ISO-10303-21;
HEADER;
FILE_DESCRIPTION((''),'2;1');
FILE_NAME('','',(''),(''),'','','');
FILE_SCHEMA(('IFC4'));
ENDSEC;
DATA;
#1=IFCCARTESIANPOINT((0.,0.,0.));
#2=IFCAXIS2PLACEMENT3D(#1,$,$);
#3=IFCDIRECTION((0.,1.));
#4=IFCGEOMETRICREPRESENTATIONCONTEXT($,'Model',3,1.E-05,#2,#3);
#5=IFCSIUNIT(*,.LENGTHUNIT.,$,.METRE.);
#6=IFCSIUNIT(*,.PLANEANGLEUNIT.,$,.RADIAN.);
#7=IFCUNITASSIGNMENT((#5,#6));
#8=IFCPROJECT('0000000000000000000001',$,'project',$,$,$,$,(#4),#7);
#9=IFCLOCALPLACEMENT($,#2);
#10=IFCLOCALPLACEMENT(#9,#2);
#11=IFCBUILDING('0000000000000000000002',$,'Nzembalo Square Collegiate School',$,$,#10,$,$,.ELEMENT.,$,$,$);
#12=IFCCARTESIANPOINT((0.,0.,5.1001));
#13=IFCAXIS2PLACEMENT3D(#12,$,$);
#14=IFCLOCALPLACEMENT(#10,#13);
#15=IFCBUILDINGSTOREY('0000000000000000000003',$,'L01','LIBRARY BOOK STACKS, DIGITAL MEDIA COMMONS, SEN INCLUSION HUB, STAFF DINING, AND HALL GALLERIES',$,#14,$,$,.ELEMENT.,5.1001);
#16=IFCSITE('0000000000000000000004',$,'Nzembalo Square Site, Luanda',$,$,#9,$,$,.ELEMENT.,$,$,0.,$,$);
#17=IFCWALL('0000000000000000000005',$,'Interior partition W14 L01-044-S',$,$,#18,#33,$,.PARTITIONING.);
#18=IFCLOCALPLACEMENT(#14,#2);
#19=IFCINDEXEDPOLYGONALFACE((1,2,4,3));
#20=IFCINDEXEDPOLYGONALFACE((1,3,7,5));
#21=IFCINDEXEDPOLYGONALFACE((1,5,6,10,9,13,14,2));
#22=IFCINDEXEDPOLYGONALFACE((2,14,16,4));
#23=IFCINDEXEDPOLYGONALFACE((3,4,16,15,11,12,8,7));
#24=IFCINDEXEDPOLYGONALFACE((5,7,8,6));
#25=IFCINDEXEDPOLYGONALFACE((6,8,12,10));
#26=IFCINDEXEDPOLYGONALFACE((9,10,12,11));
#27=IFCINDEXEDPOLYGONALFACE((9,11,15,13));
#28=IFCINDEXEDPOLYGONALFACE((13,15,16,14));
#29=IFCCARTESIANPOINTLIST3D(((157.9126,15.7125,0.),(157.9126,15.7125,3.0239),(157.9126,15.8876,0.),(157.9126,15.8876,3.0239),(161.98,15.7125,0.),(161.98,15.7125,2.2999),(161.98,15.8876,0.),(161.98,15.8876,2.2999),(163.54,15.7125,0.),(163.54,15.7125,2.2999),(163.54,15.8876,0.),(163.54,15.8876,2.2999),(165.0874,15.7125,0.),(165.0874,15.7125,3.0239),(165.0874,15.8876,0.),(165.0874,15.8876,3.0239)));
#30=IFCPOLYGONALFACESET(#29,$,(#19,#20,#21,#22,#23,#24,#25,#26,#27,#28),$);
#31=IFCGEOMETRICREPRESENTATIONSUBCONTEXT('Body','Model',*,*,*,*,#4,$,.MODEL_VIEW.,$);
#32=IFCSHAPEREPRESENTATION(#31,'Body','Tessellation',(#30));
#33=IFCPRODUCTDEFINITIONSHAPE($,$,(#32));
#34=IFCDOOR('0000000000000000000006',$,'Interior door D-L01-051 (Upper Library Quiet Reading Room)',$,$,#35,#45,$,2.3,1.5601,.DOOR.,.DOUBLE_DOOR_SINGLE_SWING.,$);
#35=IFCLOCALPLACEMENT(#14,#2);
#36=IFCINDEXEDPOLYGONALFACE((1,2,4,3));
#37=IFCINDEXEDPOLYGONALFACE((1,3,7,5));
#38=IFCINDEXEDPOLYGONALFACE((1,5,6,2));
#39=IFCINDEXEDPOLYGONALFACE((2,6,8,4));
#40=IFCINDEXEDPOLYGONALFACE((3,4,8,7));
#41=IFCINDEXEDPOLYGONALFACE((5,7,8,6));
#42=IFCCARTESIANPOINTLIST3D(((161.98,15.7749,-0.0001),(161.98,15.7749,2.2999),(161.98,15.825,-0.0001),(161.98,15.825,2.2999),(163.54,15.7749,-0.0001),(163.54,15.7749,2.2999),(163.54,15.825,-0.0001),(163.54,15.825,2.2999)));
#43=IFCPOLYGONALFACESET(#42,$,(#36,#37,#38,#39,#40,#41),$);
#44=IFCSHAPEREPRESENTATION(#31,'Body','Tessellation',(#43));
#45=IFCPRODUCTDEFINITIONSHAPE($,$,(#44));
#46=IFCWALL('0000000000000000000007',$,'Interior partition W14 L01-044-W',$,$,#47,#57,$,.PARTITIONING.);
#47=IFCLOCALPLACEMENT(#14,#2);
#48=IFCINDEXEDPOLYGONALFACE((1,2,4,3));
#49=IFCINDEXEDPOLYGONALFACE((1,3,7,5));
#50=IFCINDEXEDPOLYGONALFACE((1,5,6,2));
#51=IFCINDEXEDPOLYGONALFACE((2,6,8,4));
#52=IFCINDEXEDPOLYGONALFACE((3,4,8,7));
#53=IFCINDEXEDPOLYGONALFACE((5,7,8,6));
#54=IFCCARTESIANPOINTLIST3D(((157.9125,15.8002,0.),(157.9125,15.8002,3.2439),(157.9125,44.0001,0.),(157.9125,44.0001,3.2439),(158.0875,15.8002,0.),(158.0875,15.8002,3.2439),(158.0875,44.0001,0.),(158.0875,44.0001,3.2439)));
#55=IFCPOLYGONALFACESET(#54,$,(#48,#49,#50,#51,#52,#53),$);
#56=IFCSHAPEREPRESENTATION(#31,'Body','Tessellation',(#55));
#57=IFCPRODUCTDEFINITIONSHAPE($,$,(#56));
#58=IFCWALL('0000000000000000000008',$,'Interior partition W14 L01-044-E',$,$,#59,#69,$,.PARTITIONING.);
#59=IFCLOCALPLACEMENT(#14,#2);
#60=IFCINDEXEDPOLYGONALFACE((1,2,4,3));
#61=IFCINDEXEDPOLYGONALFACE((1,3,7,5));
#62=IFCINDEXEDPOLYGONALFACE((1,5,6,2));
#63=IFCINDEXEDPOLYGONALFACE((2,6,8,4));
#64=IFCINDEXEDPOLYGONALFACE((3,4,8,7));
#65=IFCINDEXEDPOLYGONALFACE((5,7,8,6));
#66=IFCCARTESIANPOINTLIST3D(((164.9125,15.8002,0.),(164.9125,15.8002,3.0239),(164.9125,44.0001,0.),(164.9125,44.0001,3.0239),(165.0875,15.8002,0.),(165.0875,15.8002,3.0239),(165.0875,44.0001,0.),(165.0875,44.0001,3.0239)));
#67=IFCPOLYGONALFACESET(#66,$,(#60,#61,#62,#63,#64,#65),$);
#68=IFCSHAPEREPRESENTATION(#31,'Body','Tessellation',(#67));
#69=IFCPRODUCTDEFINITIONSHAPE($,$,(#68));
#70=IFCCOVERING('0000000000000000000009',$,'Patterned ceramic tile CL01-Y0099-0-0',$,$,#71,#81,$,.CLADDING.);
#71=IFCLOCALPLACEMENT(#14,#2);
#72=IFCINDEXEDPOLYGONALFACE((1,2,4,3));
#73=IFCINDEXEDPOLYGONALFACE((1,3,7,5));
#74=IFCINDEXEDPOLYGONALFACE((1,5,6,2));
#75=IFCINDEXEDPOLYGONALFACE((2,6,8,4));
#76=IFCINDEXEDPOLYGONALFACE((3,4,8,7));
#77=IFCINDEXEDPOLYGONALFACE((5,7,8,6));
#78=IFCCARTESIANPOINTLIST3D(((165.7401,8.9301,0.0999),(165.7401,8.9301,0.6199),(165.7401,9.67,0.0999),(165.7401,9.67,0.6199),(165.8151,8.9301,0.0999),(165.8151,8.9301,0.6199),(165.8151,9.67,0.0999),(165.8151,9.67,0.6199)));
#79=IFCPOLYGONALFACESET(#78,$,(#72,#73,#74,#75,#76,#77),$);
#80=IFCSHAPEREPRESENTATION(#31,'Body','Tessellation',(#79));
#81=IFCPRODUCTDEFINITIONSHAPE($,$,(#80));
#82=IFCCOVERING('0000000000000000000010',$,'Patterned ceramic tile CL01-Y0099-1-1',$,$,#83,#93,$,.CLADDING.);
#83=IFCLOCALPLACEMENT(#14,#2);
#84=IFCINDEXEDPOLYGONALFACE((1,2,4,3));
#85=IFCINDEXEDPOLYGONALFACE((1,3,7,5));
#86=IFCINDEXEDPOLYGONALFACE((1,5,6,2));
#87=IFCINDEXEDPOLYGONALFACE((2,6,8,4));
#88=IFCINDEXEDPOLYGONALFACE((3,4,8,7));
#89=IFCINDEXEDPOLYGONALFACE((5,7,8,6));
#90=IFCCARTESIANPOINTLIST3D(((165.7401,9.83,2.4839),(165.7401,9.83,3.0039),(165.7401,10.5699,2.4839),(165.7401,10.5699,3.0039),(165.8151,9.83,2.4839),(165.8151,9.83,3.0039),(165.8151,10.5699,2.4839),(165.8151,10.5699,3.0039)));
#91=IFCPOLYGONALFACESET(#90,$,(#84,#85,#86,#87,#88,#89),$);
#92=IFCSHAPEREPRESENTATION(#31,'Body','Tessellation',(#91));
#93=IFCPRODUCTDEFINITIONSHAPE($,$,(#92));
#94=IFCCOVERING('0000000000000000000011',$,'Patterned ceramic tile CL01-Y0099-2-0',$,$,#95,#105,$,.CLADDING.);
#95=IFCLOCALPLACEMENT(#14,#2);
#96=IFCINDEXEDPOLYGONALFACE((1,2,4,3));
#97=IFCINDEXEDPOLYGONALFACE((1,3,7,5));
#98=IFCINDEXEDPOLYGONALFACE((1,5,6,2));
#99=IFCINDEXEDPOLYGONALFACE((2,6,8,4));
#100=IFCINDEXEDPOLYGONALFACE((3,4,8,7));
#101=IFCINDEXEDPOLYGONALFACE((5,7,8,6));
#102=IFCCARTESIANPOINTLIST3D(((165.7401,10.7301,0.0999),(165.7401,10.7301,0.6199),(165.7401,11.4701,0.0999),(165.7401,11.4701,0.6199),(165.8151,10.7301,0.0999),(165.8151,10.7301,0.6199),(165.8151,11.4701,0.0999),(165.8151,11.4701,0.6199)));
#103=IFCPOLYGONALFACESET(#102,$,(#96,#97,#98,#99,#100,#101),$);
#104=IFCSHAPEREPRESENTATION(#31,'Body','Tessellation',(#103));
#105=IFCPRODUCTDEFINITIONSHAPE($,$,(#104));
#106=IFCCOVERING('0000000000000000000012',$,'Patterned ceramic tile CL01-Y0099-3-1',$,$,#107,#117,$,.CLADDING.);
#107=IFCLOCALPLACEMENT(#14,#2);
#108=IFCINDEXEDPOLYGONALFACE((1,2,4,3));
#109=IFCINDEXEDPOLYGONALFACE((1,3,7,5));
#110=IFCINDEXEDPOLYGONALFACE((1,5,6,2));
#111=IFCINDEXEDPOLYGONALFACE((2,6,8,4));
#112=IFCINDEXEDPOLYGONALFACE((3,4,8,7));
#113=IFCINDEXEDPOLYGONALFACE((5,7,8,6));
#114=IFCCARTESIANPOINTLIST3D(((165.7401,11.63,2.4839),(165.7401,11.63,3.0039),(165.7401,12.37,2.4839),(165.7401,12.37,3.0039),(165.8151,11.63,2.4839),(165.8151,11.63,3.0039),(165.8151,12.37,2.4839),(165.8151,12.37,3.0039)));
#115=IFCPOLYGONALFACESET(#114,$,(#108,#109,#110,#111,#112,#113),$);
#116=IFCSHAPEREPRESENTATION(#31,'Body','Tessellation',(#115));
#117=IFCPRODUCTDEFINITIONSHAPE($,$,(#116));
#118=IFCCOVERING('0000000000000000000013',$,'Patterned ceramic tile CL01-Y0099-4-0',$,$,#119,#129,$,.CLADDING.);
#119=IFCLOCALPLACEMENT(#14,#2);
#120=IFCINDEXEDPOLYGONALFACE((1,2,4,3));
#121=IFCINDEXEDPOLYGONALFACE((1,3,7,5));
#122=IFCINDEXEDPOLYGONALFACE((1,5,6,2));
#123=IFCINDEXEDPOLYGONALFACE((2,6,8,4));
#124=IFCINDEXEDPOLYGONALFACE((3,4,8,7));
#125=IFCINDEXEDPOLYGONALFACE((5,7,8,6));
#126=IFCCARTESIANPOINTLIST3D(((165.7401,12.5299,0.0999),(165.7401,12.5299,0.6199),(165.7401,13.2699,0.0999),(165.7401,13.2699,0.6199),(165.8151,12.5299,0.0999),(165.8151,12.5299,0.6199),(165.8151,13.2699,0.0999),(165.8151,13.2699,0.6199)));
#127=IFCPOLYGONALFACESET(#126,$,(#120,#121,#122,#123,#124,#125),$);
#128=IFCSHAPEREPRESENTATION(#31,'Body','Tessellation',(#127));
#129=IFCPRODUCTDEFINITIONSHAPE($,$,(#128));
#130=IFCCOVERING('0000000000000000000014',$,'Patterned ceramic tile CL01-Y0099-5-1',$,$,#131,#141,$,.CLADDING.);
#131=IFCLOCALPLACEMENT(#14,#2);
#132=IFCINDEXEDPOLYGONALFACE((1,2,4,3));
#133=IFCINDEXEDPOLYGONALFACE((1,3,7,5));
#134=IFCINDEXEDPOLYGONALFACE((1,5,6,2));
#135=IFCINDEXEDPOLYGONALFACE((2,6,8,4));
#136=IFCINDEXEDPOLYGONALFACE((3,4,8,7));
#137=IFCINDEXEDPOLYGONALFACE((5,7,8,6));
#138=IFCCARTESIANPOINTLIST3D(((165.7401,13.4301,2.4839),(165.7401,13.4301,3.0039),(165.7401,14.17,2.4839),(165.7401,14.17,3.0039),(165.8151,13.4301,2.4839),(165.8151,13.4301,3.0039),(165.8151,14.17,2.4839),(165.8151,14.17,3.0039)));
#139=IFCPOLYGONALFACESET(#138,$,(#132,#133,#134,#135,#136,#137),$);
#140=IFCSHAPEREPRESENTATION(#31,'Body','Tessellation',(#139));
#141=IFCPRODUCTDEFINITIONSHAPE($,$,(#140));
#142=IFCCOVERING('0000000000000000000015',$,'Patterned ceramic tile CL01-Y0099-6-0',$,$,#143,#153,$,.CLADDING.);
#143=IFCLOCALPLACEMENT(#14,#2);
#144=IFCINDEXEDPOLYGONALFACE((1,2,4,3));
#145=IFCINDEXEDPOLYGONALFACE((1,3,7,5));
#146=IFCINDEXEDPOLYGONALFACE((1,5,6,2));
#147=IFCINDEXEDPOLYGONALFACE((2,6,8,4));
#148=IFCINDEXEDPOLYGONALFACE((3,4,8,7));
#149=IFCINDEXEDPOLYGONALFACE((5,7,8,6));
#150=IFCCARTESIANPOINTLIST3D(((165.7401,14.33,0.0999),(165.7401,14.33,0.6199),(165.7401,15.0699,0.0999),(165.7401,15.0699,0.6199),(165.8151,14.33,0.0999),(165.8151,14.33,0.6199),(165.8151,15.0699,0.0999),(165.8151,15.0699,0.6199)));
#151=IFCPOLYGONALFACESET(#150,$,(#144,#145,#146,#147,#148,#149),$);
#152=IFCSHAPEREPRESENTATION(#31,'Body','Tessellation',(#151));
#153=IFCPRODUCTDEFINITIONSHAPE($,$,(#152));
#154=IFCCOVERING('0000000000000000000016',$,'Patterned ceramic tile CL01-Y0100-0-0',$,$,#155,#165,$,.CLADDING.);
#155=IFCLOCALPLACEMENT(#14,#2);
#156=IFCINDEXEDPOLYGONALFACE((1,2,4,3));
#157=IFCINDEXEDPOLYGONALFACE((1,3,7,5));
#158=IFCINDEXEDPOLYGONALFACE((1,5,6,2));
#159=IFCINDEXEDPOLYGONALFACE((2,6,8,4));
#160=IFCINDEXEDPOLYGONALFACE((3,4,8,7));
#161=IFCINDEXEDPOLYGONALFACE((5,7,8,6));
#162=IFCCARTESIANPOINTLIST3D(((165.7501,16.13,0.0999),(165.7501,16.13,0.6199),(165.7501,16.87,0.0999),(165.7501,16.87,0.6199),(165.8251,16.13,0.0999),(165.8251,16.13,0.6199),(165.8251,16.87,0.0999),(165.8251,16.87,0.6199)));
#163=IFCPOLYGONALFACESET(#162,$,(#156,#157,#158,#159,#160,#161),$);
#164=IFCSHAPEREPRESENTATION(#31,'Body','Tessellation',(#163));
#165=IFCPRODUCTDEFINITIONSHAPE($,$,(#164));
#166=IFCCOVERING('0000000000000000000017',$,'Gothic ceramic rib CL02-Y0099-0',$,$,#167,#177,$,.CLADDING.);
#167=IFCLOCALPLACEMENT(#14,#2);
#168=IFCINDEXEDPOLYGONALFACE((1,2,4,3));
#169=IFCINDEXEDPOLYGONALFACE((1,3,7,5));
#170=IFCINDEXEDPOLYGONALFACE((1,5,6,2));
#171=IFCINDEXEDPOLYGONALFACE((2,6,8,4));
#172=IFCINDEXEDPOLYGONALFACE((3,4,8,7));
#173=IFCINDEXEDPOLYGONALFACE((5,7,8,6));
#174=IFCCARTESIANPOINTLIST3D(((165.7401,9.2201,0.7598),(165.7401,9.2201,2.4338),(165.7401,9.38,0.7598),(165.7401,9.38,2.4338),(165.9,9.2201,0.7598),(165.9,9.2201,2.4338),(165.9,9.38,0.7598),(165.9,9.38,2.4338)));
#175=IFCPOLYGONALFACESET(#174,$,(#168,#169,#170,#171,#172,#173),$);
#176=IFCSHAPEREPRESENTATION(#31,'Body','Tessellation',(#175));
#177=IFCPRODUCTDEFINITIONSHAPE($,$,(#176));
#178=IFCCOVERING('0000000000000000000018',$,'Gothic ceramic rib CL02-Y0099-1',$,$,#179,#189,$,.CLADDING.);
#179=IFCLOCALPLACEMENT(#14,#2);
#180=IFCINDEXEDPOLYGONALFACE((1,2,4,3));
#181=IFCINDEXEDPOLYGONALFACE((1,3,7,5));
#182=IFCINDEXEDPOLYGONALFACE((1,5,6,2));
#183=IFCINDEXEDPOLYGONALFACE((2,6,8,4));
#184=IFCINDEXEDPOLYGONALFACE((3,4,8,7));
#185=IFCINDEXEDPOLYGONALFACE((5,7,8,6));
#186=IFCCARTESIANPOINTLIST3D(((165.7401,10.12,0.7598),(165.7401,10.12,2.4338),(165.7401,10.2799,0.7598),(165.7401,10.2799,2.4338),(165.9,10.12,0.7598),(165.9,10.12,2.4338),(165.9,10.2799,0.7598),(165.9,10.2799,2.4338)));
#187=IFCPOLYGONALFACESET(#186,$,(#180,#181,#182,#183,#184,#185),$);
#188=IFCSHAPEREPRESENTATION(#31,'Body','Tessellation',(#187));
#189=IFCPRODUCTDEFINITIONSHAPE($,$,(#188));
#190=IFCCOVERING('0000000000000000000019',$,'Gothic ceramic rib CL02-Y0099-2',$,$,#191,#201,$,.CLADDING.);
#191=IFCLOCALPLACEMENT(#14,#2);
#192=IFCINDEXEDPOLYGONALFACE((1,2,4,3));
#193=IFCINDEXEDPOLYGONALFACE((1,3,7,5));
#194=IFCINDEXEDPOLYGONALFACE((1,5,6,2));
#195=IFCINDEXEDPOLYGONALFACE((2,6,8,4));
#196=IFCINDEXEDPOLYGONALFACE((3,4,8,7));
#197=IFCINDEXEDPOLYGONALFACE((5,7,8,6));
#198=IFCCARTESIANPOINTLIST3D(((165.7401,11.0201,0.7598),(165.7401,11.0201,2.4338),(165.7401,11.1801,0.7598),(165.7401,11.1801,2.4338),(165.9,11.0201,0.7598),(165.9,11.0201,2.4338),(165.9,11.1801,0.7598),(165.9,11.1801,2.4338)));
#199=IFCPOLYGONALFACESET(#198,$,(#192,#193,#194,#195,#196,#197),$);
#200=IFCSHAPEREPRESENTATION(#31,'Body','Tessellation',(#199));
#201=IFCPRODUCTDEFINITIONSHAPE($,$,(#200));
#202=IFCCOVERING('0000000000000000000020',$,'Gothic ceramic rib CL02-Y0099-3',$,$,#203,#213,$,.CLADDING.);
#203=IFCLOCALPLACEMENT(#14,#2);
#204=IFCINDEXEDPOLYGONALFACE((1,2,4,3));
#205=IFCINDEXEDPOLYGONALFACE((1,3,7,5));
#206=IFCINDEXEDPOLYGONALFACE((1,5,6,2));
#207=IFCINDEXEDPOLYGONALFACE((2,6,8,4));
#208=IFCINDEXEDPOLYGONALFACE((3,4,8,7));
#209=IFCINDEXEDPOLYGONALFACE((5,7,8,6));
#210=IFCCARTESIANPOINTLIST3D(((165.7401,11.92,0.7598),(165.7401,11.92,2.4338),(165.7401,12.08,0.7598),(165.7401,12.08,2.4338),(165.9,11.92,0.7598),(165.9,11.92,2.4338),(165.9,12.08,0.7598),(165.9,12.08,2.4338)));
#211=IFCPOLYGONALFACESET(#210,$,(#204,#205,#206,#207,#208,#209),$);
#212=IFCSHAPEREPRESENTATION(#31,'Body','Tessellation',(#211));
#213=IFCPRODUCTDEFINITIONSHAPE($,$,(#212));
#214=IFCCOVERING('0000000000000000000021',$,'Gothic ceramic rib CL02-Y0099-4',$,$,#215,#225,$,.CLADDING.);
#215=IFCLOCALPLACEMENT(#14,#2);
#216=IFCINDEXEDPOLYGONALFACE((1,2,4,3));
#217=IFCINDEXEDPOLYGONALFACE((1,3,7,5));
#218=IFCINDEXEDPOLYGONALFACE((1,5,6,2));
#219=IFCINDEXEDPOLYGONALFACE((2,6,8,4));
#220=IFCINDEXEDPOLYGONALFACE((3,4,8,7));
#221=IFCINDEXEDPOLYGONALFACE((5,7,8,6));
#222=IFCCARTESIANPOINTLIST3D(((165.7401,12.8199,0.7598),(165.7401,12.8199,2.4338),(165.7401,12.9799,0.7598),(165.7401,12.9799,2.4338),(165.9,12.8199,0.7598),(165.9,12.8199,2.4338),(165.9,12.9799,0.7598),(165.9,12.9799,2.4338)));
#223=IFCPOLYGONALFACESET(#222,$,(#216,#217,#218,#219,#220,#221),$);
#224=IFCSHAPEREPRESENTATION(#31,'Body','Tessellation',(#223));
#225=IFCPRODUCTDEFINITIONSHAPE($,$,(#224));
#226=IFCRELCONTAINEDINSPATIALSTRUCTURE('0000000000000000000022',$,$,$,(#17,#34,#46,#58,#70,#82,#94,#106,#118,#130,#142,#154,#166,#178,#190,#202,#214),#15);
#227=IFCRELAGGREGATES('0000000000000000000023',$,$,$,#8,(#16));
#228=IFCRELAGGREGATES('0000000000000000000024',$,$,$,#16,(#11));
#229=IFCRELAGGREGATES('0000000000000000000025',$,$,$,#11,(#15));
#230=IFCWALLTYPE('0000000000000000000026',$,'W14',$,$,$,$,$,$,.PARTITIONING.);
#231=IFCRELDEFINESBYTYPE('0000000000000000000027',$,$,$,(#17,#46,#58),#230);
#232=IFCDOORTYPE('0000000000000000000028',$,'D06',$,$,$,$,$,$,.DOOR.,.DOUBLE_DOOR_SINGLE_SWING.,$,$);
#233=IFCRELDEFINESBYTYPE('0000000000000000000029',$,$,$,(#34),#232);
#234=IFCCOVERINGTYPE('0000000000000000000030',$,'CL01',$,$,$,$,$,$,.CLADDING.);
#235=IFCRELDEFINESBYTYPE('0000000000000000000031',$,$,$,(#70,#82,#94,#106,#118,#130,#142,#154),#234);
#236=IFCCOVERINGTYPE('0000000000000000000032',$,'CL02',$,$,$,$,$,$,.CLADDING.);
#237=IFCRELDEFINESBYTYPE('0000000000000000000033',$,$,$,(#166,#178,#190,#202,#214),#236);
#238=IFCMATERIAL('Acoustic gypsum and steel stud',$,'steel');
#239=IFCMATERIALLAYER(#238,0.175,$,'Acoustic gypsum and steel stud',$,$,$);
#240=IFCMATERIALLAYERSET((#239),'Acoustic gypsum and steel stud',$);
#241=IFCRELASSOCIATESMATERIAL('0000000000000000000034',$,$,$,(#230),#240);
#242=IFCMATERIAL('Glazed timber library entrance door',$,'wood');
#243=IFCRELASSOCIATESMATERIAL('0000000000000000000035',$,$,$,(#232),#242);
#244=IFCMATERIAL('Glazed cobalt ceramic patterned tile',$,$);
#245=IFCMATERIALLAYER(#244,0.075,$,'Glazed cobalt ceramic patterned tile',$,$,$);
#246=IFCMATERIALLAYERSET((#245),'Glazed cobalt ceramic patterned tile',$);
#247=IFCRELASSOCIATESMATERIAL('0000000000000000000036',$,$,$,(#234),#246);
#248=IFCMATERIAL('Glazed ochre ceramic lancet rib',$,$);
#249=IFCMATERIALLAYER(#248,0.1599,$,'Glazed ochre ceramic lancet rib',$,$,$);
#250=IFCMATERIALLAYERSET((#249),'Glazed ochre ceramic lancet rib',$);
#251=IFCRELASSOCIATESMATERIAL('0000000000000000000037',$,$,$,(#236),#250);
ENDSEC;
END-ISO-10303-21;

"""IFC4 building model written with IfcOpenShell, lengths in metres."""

from ifc_helpers import new_model, si_unit, direction, frame, frame_2d, origin, origin_2d, place, context, subcontext, project, spatial, rectangle, extrude, material, layer, layer_set, type_object, element, fill, save


model = new_model("IFC4")

# Units and contexts
model_context = context("Model", 3, precision=1e-05, world=origin(), true_north=direction((0.0, 1.0)))
body_context = subcontext(model_context, "Body", "Model", "MODEL_VIEW")
ifc_project = project(units=[si_unit("LENGTHUNIT", "METRE"), si_unit("PLANEANGLEUNIT", "RADIAN")], contexts=[model_context])

# Site, building, storey
site_placement = place(None, origin())
site = spatial("IfcSite", under=ifc_project, at=site_placement, Name="Nzembalo Square Site, Luanda", CompositionType="ELEMENT", RefElevation=0.0)
building_placement = place(site_placement, origin())
building = spatial("IfcBuilding", under=site, at=building_placement, Name="Nzembalo Square Collegiate School", CompositionType="ELEMENT")
storey_placement = place(building_placement, frame((0.0, 0.0, 5.1001)))
storey = spatial("IfcBuildingStorey", under=building, at=storey_placement, Name="L01", Description="LIBRARY BOOK STACKS, DIGITAL MEDIA COMMONS, SEN INCLUSION HUB, STAFF DINING, AND HALL GALLERIES", CompositionType="ELEMENT", Elevation=5.1001)

# Wall, opening, door
ifc_material_1 = material(Name="Acoustic gypsum and steel stud", Category="steel")
ifc_layer_1 = layer(ifc_material_1, 0.175, Name="Acoustic gypsum and steel stud")
ifc_layer_set_1 = layer_set([ifc_layer_1], Name="Acoustic gypsum and steel stud")
wall_type_1 = type_object("IfcWallType", Name="W14", PredefinedType="PARTITIONING", material=ifc_layer_set_1)
wall_1_placement = place(storey_placement, frame((157.9126, 15.8, 0.0), z_axis=(0.0, 0.0, 1.0), x_axis=(1.0, 0.0, 0.0)))
wall_1 = element("IfcWall", 1, at=wall_1_placement, inside=storey, type_object=wall_type_1, Name="Interior partition W14 L01-044-S", PredefinedType="PARTITIONING", context=body_context, shape_type="SweptSolid", body=[
    extrude(rectangle(XDim=7.1748, YDim=0.175, at=frame_2d((3.5874, 0.0))), origin(), (0.0, 0.0, 1.0), 3.0239),
])
opening_1_placement = place(wall_1_placement, frame((4.0674, 0.0, 0.0)))
opening_1 = element("IfcOpeningElement", 2, at=opening_1_placement, cuts=wall_1, PredefinedType="OPENING", context=body_context, shape_type="SweptSolid", body=[
    extrude(rectangle(XDim=1.5601, YDim=2.3, at=frame_2d((0.78, 1.1499))), frame((0.0, 0.0977, 0.0), z_axis=(0.0, -1.0, 0.0), x_axis=(1.0, 0.0, 0.0)), (0.0, 0.0, 1.0), 0.1951),
])
ifc_material_2 = material(Name="Glazed timber library entrance door", Category="wood")
door_type_1 = type_object("IfcDoorType", Name="D06", OperationType="DOUBLE_DOOR_SINGLE_SWING", PredefinedType="DOOR", material=ifc_material_2)
door_1_placement = place(opening_1_placement, origin())
door_1 = element("IfcDoor", 3, at=door_1_placement, inside=storey, type_object=door_type_1, Name="Interior door D-L01-051 (Upper Library Quiet Reading Room)", OperationType="DOUBLE_DOOR_SINGLE_SWING", OverallHeight=2.3, OverallWidth=1.5601, PredefinedType="DOOR", context=body_context, shape_type="SweptSolid", body=[
    extrude(rectangle(XDim=1.5601, YDim=2.3, at=frame_2d((0.78, 1.1499))), frame((0.0, 0.0249, 0.0), z_axis=(0.0, -1.0, 0.0), x_axis=(1.0, 0.0, 0.0)), (0.0, 0.0, 1.0), 0.05),
])
fill(opening_1, door_1)

# Walls
wall_2_placement = place(storey_placement, frame((158.0, 15.8, 0.0), z_axis=(0.0, 0.0, 1.0), x_axis=(0.0, 1.0, 0.0)))
element("IfcWall", 4, at=wall_2_placement, inside=storey, type_object=wall_type_1, Name="Interior partition W14 L01-044-W", PredefinedType="PARTITIONING", context=body_context, shape_type="SweptSolid", body=[
    extrude(rectangle(XDim=28.2, YDim=0.175, at=frame_2d((14.1001, 0.0))), origin(), (0.0, 0.0, 1.0), 3.2439),
])
wall_3_placement = place(storey_placement, frame((165.0, 15.8, 0.0), z_axis=(0.0, 0.0, 1.0), x_axis=(0.0, 1.0, 0.0)))
element("IfcWall", 5, at=wall_3_placement, inside=storey, type_object=wall_type_1, Name="Interior partition W14 L01-044-E", PredefinedType="PARTITIONING", context=body_context, shape_type="SweptSolid", body=[
    extrude(rectangle(XDim=28.2, YDim=0.175, at=frame_2d((14.1001, 0.0))), origin(), (0.0, 0.0, 1.0), 3.0239),
])

# Coverings
ifc_material_3 = material(Name="Glazed cobalt ceramic patterned tile")
ifc_layer_2 = layer(ifc_material_3, 0.075, Name="Glazed cobalt ceramic patterned tile")
ifc_layer_set_2 = layer_set([ifc_layer_2], Name="Glazed cobalt ceramic patterned tile")
covering_type_1 = type_object("IfcCoveringType", Name="CL01", PredefinedType="CLADDING", material=ifc_layer_set_2)
for number, where, z_axis, x_axis, name in (
    (6, (165.7776, 9.3, 0.0999), (0.0, 0.0, 1.0), (1.0, 0.0, 0.0), "Patterned ceramic tile CL01-Y0099-0-0"),
    (7, (165.7776, 10.2, 2.4839), (0.0, 0.0, 1.0), (1.0, 0.0, 0.0), "Patterned ceramic tile CL01-Y0099-1-1"),
    (8, (165.7776, 11.1001, 0.0999), (0.0, 0.0, 1.0), (1.0, 0.0, 0.0), "Patterned ceramic tile CL01-Y0099-2-0"),
    (9, (165.7776, 12.0, 2.4839), (0.0, 0.0, 1.0), (1.0, 0.0, 0.0), "Patterned ceramic tile CL01-Y0099-3-1"),
    (10, (165.7776, 12.8999, 0.0999), (0.0, 0.0, 1.0), (1.0, 0.0, 0.0), "Patterned ceramic tile CL01-Y0099-4-0"),
    (11, (165.7776, 13.8, 2.4839), (0.0, 0.0, 1.0), (1.0, 0.0, 0.0), "Patterned ceramic tile CL01-Y0099-5-1"),
    (12, (165.7776, 14.7, 0.0999), (0.0, 0.0, 1.0), (1.0, 0.0, 0.0), "Patterned ceramic tile CL01-Y0099-6-0"),
    (13, (165.7876, 16.5, 0.0999), (0.0, 0.0, 1.0), (1.0, 0.0, 0.0), "Patterned ceramic tile CL01-Y0100-0-0"),
):
    element("IfcCovering", number, at=place(storey_placement, frame(where, z_axis=z_axis, x_axis=x_axis)), inside=storey, type_object=covering_type_1, Name=name, PredefinedType="CLADDING", context=body_context, shape_type="SweptSolid", body=[
        extrude(rectangle(XDim=0.075, YDim=0.74, at=origin_2d()), origin(), (0.0, 0.0, 1.0), 0.52),
    ])
ifc_material_4 = material(Name="Glazed ochre ceramic lancet rib")
ifc_layer_3 = layer(ifc_material_4, 0.1599, Name="Glazed ochre ceramic lancet rib")
ifc_layer_set_3 = layer_set([ifc_layer_3], Name="Glazed ochre ceramic lancet rib")
covering_type_2 = type_object("IfcCoveringType", Name="CL02", PredefinedType="CLADDING", material=ifc_layer_set_3)
for number, where, z_axis, x_axis, name in (
    (14, (165.8201, 9.3, 0.7598), (0.0, 0.0, 1.0), (1.0, 0.0, 0.0), "Gothic ceramic rib CL02-Y0099-0"),
    (15, (165.8201, 10.2, 0.7598), (0.0, 0.0, 1.0), (1.0, 0.0, 0.0), "Gothic ceramic rib CL02-Y0099-1"),
    (16, (165.8201, 11.1001, 0.7598), (0.0, 0.0, 1.0), (1.0, 0.0, 0.0), "Gothic ceramic rib CL02-Y0099-2"),
    (17, (165.8201, 12.0, 0.7598), (0.0, 0.0, 1.0), (1.0, 0.0, 0.0), "Gothic ceramic rib CL02-Y0099-3"),
    (18, (165.8201, 12.8999, 0.7598), (0.0, 0.0, 1.0), (1.0, 0.0, 0.0), "Gothic ceramic rib CL02-Y0099-4"),
):
    element("IfcCovering", number, at=place(storey_placement, frame(where, z_axis=z_axis, x_axis=x_axis)), inside=storey, type_object=covering_type_2, Name=name, PredefinedType="CLADDING", context=body_context, shape_type="SweptSolid", body=[
        extrude(rectangle(XDim=0.1599, YDim=0.1599, at=origin_2d()), origin(), (0.0, 0.0, 1.0), 1.6741),
    ])

save(model, "model.ifc")
